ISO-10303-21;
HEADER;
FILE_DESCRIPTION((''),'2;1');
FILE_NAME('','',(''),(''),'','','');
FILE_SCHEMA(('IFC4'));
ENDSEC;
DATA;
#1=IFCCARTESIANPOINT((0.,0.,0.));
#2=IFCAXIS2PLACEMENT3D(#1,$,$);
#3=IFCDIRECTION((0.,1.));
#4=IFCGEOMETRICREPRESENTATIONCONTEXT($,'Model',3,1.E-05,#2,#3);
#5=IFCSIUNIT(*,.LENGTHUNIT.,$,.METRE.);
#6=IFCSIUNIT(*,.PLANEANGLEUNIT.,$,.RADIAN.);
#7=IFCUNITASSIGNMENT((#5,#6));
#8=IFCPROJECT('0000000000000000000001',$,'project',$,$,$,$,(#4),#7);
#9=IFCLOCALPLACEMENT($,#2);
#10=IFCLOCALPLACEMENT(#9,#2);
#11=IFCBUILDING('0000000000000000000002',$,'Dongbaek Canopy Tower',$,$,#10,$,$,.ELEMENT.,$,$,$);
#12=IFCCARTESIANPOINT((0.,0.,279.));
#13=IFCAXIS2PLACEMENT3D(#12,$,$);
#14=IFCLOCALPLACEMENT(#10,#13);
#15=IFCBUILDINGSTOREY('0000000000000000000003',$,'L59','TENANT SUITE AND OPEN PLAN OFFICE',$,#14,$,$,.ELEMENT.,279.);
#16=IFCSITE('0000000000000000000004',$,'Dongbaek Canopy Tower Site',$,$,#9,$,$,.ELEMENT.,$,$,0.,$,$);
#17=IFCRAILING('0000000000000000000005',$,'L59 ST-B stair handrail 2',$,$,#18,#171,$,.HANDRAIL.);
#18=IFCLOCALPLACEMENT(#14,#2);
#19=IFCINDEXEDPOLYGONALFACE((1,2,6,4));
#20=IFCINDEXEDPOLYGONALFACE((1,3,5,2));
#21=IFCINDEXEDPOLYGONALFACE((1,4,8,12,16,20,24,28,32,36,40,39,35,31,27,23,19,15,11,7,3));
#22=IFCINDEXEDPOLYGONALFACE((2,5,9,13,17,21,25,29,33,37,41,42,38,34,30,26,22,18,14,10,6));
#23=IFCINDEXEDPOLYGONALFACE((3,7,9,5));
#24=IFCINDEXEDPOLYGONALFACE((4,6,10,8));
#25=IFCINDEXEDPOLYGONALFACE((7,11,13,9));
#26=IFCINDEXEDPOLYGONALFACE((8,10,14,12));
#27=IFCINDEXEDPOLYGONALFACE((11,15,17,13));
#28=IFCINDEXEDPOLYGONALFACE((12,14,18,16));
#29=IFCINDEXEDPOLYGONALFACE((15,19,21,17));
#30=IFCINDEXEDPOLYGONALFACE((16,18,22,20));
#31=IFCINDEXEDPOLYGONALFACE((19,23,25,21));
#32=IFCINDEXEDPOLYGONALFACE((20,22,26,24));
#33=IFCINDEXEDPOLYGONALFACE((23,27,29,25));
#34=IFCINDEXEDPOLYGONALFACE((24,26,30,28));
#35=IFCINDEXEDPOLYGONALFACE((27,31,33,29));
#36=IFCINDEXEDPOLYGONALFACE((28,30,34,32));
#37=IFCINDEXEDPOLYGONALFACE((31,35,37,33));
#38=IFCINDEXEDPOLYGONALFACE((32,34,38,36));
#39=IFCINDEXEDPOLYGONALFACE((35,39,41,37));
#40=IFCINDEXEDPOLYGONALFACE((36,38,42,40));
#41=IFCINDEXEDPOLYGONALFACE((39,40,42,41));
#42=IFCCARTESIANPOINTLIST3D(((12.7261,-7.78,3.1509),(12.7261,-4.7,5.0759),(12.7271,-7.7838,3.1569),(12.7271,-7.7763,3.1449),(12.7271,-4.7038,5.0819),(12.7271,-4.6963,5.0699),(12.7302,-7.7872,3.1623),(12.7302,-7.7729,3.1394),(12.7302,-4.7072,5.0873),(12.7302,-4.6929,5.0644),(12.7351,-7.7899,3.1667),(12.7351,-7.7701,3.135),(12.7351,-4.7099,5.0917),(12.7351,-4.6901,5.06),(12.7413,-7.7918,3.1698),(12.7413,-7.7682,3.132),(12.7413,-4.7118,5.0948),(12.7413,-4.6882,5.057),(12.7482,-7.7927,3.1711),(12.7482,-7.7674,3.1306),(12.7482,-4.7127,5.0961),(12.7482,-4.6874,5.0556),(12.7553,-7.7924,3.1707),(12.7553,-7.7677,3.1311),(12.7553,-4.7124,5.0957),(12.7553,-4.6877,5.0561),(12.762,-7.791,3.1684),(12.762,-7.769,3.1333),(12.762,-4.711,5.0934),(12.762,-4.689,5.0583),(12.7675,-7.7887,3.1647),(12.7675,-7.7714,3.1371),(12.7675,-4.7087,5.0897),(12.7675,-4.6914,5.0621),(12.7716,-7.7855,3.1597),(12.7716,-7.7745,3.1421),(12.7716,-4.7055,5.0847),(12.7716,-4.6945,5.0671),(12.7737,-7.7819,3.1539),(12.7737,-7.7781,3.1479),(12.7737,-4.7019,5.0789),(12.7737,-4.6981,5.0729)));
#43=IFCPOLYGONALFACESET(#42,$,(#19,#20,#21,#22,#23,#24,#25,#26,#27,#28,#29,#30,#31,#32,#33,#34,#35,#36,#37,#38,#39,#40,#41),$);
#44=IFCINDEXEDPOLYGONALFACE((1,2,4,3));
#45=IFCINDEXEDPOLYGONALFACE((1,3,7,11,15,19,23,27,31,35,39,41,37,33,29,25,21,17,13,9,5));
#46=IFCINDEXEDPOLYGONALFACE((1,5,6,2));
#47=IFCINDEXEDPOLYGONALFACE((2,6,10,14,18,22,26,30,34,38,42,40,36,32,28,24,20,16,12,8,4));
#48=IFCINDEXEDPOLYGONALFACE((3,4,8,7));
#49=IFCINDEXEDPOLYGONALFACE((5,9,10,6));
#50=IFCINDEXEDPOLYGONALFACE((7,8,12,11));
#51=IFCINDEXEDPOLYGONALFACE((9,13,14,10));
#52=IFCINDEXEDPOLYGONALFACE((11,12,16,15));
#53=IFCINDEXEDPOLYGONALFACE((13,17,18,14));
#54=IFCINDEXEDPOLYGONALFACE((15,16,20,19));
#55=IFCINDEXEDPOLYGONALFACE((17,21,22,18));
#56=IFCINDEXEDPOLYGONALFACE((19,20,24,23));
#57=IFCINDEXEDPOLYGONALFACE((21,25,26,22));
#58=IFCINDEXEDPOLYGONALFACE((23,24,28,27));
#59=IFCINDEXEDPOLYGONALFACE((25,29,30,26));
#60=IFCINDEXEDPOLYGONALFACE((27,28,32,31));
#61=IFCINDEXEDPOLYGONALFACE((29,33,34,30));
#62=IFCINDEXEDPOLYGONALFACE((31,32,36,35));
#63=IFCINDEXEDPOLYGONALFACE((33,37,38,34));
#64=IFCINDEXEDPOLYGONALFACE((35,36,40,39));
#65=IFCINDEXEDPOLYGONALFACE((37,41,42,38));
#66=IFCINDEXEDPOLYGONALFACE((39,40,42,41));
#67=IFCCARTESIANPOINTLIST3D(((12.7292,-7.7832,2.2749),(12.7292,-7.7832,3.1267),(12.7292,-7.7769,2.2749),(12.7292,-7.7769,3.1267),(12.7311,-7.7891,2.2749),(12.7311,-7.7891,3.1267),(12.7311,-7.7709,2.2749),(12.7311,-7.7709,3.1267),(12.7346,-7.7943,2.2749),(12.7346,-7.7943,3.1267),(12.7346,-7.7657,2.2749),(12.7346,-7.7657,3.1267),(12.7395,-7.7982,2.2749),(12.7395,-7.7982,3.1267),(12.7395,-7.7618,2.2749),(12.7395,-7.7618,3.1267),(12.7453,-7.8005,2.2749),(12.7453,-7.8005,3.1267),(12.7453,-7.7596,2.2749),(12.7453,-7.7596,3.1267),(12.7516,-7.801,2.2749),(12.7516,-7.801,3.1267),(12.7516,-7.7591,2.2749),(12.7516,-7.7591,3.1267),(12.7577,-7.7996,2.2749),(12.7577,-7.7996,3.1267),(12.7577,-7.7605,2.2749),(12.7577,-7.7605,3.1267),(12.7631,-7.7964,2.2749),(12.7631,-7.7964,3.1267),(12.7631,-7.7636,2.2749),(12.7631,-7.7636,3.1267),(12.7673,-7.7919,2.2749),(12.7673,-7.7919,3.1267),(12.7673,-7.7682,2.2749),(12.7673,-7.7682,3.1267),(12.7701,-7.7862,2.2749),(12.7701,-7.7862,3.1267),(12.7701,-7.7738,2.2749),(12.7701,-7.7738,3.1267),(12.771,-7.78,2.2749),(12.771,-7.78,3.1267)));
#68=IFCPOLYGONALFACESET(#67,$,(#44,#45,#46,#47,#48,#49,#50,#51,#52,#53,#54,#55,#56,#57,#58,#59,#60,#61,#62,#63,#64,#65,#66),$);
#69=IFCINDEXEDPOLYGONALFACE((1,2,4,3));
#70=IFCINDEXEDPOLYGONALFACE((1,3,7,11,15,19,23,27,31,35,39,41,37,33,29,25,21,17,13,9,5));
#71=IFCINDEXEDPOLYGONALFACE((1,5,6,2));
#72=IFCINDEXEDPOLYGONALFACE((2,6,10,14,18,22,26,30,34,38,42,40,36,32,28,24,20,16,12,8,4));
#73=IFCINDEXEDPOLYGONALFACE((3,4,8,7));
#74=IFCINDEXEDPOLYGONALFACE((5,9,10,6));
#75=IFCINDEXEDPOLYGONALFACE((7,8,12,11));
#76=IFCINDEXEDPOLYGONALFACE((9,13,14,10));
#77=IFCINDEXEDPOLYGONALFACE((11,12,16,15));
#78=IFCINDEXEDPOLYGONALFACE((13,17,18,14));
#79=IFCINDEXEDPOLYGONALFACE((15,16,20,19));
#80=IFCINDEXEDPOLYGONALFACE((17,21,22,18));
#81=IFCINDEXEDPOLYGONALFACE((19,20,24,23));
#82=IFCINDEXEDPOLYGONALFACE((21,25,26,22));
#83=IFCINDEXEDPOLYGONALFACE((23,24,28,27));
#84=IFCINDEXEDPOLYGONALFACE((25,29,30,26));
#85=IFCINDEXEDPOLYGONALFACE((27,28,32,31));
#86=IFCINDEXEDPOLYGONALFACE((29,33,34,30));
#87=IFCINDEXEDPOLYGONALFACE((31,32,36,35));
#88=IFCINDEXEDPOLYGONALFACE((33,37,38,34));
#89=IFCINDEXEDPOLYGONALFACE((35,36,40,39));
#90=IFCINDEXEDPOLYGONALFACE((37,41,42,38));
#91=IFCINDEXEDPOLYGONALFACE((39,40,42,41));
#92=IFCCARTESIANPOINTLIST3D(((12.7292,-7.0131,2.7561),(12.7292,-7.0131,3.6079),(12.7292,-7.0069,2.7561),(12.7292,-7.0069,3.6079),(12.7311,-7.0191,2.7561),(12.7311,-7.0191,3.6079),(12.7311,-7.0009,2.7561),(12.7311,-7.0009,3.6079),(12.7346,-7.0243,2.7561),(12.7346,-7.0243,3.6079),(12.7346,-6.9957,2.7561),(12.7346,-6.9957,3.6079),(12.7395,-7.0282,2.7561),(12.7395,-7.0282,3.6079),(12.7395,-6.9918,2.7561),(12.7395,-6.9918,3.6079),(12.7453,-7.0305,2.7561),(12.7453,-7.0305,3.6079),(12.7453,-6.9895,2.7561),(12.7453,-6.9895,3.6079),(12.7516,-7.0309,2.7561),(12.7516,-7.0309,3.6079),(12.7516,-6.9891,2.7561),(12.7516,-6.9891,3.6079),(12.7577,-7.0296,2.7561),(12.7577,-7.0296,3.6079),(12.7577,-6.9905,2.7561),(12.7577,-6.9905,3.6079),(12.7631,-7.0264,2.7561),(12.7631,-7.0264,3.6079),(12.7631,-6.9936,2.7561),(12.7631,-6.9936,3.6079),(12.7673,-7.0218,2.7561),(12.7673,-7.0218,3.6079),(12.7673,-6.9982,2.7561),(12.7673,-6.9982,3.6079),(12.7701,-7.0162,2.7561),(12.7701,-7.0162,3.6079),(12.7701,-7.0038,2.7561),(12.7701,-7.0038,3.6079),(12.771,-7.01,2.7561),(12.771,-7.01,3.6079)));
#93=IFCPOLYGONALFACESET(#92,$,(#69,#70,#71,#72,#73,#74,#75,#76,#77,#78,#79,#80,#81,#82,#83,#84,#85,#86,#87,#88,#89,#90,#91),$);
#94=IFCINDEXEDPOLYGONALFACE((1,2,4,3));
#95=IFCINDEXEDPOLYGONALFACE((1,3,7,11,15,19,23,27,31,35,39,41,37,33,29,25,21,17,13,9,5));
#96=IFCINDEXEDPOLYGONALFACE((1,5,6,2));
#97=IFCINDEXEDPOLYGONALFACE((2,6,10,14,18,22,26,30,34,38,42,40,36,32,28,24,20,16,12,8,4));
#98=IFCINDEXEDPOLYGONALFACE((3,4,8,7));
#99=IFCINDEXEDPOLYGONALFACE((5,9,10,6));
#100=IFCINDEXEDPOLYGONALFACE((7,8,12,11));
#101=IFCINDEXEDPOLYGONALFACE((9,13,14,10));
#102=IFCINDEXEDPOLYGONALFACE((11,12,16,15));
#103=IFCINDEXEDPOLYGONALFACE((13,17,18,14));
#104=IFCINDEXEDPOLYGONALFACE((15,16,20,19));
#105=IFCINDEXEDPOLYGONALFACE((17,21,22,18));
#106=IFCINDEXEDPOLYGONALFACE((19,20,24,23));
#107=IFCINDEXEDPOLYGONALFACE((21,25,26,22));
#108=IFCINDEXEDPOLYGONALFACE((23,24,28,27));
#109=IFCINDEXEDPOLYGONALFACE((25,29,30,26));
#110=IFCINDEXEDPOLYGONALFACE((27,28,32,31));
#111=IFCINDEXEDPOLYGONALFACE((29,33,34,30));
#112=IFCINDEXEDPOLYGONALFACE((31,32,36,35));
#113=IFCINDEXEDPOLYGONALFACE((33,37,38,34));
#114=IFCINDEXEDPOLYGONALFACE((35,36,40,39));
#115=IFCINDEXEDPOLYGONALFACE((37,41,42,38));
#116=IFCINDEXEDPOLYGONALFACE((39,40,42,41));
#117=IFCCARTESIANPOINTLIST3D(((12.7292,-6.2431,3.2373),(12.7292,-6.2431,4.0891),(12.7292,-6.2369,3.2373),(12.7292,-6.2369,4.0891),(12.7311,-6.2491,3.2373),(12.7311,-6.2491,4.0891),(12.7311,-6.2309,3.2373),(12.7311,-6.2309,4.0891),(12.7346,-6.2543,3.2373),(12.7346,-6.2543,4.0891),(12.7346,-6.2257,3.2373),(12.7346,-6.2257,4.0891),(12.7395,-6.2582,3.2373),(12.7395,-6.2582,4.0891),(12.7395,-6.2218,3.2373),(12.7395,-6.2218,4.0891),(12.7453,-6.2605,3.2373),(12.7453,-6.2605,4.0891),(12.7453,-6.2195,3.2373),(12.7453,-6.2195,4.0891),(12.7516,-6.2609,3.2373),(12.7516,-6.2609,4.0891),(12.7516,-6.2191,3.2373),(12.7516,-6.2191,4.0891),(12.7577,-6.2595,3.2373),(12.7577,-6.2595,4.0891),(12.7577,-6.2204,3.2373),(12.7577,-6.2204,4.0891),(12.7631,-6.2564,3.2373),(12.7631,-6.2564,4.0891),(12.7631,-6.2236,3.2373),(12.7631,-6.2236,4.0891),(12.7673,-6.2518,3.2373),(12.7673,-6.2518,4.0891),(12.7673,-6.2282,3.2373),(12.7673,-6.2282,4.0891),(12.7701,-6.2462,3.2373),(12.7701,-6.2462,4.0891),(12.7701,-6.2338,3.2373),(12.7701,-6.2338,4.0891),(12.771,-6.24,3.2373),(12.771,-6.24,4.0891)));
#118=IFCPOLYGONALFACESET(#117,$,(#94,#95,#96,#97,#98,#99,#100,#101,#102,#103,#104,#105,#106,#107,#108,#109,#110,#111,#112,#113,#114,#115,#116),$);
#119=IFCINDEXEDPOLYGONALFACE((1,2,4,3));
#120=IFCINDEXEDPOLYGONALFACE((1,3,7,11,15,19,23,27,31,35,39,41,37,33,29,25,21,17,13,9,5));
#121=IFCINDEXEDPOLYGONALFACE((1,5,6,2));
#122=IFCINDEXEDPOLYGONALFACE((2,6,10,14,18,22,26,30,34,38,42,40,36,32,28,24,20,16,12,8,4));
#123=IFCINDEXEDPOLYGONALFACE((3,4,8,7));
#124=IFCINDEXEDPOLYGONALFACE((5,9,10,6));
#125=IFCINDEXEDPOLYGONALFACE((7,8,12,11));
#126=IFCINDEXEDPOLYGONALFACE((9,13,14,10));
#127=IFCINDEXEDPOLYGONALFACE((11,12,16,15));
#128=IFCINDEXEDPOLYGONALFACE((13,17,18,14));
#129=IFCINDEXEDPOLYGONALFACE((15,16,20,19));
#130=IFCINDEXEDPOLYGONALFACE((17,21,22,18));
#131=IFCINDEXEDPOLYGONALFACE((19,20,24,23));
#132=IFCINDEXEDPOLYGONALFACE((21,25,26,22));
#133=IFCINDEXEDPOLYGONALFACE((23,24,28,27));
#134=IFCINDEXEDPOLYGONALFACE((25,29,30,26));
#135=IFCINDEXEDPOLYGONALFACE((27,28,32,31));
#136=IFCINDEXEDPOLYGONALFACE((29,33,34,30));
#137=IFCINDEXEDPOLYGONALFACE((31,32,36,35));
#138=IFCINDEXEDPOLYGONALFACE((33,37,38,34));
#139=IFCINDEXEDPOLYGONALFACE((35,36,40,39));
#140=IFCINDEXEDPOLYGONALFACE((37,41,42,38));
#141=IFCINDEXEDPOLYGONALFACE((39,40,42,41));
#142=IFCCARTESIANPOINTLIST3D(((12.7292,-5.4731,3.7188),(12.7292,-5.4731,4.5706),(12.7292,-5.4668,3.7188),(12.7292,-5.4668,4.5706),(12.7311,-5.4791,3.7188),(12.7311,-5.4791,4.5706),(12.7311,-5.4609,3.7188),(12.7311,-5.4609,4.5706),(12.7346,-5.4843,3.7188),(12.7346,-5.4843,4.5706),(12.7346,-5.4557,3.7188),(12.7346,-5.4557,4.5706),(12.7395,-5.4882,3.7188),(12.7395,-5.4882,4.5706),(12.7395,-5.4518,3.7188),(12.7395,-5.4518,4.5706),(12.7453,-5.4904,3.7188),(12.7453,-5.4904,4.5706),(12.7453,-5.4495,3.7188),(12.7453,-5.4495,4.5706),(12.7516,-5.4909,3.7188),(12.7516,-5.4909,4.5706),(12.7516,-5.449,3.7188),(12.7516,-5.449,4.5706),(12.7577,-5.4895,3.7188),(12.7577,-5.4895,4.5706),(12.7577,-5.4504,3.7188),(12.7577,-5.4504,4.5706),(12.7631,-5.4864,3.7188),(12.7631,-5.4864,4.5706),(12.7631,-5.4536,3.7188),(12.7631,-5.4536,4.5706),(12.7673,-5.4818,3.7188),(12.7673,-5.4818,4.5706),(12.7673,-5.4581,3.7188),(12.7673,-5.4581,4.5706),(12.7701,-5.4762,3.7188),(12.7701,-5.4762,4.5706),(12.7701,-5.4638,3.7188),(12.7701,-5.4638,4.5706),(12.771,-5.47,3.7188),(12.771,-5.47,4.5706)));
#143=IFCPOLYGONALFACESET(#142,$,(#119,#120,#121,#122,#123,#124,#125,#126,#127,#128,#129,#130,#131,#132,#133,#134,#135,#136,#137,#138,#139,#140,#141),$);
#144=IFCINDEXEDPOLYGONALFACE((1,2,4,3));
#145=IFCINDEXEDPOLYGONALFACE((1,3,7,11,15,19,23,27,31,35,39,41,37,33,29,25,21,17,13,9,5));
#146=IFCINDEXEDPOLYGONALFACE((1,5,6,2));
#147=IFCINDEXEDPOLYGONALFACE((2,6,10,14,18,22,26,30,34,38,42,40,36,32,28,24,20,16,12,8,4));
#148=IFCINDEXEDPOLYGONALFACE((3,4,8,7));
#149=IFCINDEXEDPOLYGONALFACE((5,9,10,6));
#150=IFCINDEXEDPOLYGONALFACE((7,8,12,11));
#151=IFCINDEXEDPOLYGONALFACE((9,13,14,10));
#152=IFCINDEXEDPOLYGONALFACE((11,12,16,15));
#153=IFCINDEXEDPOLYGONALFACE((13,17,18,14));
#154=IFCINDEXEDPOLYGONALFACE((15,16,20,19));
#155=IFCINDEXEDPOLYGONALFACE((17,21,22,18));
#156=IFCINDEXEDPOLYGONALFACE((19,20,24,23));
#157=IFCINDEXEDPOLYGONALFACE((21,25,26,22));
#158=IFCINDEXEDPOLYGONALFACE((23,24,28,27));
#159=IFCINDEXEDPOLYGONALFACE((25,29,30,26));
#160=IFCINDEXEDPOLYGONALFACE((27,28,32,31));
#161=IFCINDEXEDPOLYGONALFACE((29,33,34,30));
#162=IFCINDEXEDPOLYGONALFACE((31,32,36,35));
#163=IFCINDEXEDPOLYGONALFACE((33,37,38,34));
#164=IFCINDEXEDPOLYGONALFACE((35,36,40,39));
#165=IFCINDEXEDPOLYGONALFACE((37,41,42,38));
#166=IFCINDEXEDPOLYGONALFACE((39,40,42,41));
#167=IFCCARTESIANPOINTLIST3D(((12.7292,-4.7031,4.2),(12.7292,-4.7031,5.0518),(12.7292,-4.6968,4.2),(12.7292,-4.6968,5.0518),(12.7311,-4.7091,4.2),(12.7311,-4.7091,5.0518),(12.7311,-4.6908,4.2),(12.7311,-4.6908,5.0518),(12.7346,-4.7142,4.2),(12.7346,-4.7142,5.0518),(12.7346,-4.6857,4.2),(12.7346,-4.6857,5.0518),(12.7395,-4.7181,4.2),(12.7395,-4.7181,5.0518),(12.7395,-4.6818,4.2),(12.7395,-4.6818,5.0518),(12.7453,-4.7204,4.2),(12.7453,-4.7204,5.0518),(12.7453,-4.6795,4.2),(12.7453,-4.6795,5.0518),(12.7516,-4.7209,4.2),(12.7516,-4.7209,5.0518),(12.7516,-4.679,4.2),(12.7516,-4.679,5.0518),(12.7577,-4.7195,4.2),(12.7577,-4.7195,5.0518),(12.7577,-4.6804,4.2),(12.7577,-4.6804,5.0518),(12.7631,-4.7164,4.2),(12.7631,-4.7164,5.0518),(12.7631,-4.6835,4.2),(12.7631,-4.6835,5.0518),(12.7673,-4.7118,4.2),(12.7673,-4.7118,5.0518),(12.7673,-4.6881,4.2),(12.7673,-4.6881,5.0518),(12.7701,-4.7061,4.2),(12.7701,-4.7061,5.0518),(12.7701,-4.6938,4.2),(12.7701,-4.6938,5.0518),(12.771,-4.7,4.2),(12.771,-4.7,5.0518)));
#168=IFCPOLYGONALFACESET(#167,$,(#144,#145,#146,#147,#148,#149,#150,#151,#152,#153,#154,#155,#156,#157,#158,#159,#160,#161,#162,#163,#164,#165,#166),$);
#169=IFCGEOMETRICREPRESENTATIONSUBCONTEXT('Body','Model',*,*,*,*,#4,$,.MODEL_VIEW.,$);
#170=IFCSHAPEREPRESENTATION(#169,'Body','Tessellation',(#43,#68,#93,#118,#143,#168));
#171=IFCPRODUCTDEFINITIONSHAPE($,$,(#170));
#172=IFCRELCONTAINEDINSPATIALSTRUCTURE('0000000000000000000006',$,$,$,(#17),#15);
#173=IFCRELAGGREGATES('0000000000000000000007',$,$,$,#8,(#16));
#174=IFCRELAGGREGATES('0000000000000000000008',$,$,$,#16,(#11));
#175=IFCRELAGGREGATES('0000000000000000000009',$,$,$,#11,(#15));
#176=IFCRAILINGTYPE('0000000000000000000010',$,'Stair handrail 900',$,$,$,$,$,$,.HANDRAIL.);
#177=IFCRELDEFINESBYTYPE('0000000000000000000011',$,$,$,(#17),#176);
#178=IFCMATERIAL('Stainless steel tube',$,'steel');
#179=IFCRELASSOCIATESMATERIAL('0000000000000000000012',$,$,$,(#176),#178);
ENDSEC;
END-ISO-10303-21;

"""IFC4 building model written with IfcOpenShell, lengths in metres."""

from ifc_helpers import new_model, si_unit, direction, frame, origin, origin_2d, place, context, subcontext, project, spatial, circle, extrude, material, type_object, element, save


model = new_model("IFC4")

# Units and contexts
model_context = context("Model", 3, precision=1e-05, world=origin(), true_north=direction((0.0, 1.0)))
body_context = subcontext(model_context, "Body", "Model", "MODEL_VIEW")
ifc_project = project(units=[si_unit("LENGTHUNIT", "METRE"), si_unit("PLANEANGLEUNIT", "RADIAN")], contexts=[model_context])

# Site, building, storey
site_placement = place(None, origin())
site = spatial("IfcSite", under=ifc_project, at=site_placement, Name="Dongbaek Canopy Tower Site", CompositionType="ELEMENT", RefElevation=0.0)
building_placement = place(site_placement, origin())
building = spatial("IfcBuilding", under=site, at=building_placement, Name="Dongbaek Canopy Tower", CompositionType="ELEMENT")
storey_placement = place(building_placement, frame((0.0, 0.0, 279.0)))
storey = spatial("IfcBuildingStorey", under=building, at=storey_placement, Name="L59", Description="TENANT SUITE AND OPEN PLAN OFFICE", CompositionType="ELEMENT", Elevation=279.0)

# Railing
ifc_material_1 = material(Name="Stainless steel tube", Category="steel")
railing_type_1 = type_object("IfcRailingType", Name="Stair handrail 900", PredefinedType="HANDRAIL", material=ifc_material_1)
railing_1_placement = place(storey_placement, frame((12.75, -7.78, 2.2749)))
element("IfcRailing", 1, at=railing_1_placement, inside=storey, type_object=railing_type_1, Name="L59 ST-B stair handrail 2", PredefinedType="HANDRAIL", context=body_context, shape_type="SweptSolid", body=[
    extrude(circle(Radius=0.0239, at=origin_2d()), frame((0.0, 0.0, 0.876), z_axis=(0.0, 0.847998, 0.529999), x_axis=(-1.0, 0.0, 0.0)), (0.0, 0.0, 1.0), 3.6321),
    extrude(circle(Radius=0.021, at=origin_2d()), origin(), (0.0, 0.0, 1.0), 0.8518),
    extrude(circle(Radius=0.021, at=origin_2d()), frame((0.0, 0.77, 0.4812)), (0.0, 0.0, 1.0), 0.8518),
    extrude(circle(Radius=0.021, at=origin_2d()), frame((0.0, 1.54, 0.9624)), (0.0, 0.0, 1.0), 0.8518),
    extrude(circle(Radius=0.021, at=origin_2d()), frame((0.0, 2.3101, 1.4438)), (0.0, 0.0, 1.0), 0.8518),
    extrude(circle(Radius=0.021, at=origin_2d()), frame((0.0, 3.0801, 1.925)), (0.0, 0.0, 1.0), 0.8518),
])

save(model, "model.ifc")
